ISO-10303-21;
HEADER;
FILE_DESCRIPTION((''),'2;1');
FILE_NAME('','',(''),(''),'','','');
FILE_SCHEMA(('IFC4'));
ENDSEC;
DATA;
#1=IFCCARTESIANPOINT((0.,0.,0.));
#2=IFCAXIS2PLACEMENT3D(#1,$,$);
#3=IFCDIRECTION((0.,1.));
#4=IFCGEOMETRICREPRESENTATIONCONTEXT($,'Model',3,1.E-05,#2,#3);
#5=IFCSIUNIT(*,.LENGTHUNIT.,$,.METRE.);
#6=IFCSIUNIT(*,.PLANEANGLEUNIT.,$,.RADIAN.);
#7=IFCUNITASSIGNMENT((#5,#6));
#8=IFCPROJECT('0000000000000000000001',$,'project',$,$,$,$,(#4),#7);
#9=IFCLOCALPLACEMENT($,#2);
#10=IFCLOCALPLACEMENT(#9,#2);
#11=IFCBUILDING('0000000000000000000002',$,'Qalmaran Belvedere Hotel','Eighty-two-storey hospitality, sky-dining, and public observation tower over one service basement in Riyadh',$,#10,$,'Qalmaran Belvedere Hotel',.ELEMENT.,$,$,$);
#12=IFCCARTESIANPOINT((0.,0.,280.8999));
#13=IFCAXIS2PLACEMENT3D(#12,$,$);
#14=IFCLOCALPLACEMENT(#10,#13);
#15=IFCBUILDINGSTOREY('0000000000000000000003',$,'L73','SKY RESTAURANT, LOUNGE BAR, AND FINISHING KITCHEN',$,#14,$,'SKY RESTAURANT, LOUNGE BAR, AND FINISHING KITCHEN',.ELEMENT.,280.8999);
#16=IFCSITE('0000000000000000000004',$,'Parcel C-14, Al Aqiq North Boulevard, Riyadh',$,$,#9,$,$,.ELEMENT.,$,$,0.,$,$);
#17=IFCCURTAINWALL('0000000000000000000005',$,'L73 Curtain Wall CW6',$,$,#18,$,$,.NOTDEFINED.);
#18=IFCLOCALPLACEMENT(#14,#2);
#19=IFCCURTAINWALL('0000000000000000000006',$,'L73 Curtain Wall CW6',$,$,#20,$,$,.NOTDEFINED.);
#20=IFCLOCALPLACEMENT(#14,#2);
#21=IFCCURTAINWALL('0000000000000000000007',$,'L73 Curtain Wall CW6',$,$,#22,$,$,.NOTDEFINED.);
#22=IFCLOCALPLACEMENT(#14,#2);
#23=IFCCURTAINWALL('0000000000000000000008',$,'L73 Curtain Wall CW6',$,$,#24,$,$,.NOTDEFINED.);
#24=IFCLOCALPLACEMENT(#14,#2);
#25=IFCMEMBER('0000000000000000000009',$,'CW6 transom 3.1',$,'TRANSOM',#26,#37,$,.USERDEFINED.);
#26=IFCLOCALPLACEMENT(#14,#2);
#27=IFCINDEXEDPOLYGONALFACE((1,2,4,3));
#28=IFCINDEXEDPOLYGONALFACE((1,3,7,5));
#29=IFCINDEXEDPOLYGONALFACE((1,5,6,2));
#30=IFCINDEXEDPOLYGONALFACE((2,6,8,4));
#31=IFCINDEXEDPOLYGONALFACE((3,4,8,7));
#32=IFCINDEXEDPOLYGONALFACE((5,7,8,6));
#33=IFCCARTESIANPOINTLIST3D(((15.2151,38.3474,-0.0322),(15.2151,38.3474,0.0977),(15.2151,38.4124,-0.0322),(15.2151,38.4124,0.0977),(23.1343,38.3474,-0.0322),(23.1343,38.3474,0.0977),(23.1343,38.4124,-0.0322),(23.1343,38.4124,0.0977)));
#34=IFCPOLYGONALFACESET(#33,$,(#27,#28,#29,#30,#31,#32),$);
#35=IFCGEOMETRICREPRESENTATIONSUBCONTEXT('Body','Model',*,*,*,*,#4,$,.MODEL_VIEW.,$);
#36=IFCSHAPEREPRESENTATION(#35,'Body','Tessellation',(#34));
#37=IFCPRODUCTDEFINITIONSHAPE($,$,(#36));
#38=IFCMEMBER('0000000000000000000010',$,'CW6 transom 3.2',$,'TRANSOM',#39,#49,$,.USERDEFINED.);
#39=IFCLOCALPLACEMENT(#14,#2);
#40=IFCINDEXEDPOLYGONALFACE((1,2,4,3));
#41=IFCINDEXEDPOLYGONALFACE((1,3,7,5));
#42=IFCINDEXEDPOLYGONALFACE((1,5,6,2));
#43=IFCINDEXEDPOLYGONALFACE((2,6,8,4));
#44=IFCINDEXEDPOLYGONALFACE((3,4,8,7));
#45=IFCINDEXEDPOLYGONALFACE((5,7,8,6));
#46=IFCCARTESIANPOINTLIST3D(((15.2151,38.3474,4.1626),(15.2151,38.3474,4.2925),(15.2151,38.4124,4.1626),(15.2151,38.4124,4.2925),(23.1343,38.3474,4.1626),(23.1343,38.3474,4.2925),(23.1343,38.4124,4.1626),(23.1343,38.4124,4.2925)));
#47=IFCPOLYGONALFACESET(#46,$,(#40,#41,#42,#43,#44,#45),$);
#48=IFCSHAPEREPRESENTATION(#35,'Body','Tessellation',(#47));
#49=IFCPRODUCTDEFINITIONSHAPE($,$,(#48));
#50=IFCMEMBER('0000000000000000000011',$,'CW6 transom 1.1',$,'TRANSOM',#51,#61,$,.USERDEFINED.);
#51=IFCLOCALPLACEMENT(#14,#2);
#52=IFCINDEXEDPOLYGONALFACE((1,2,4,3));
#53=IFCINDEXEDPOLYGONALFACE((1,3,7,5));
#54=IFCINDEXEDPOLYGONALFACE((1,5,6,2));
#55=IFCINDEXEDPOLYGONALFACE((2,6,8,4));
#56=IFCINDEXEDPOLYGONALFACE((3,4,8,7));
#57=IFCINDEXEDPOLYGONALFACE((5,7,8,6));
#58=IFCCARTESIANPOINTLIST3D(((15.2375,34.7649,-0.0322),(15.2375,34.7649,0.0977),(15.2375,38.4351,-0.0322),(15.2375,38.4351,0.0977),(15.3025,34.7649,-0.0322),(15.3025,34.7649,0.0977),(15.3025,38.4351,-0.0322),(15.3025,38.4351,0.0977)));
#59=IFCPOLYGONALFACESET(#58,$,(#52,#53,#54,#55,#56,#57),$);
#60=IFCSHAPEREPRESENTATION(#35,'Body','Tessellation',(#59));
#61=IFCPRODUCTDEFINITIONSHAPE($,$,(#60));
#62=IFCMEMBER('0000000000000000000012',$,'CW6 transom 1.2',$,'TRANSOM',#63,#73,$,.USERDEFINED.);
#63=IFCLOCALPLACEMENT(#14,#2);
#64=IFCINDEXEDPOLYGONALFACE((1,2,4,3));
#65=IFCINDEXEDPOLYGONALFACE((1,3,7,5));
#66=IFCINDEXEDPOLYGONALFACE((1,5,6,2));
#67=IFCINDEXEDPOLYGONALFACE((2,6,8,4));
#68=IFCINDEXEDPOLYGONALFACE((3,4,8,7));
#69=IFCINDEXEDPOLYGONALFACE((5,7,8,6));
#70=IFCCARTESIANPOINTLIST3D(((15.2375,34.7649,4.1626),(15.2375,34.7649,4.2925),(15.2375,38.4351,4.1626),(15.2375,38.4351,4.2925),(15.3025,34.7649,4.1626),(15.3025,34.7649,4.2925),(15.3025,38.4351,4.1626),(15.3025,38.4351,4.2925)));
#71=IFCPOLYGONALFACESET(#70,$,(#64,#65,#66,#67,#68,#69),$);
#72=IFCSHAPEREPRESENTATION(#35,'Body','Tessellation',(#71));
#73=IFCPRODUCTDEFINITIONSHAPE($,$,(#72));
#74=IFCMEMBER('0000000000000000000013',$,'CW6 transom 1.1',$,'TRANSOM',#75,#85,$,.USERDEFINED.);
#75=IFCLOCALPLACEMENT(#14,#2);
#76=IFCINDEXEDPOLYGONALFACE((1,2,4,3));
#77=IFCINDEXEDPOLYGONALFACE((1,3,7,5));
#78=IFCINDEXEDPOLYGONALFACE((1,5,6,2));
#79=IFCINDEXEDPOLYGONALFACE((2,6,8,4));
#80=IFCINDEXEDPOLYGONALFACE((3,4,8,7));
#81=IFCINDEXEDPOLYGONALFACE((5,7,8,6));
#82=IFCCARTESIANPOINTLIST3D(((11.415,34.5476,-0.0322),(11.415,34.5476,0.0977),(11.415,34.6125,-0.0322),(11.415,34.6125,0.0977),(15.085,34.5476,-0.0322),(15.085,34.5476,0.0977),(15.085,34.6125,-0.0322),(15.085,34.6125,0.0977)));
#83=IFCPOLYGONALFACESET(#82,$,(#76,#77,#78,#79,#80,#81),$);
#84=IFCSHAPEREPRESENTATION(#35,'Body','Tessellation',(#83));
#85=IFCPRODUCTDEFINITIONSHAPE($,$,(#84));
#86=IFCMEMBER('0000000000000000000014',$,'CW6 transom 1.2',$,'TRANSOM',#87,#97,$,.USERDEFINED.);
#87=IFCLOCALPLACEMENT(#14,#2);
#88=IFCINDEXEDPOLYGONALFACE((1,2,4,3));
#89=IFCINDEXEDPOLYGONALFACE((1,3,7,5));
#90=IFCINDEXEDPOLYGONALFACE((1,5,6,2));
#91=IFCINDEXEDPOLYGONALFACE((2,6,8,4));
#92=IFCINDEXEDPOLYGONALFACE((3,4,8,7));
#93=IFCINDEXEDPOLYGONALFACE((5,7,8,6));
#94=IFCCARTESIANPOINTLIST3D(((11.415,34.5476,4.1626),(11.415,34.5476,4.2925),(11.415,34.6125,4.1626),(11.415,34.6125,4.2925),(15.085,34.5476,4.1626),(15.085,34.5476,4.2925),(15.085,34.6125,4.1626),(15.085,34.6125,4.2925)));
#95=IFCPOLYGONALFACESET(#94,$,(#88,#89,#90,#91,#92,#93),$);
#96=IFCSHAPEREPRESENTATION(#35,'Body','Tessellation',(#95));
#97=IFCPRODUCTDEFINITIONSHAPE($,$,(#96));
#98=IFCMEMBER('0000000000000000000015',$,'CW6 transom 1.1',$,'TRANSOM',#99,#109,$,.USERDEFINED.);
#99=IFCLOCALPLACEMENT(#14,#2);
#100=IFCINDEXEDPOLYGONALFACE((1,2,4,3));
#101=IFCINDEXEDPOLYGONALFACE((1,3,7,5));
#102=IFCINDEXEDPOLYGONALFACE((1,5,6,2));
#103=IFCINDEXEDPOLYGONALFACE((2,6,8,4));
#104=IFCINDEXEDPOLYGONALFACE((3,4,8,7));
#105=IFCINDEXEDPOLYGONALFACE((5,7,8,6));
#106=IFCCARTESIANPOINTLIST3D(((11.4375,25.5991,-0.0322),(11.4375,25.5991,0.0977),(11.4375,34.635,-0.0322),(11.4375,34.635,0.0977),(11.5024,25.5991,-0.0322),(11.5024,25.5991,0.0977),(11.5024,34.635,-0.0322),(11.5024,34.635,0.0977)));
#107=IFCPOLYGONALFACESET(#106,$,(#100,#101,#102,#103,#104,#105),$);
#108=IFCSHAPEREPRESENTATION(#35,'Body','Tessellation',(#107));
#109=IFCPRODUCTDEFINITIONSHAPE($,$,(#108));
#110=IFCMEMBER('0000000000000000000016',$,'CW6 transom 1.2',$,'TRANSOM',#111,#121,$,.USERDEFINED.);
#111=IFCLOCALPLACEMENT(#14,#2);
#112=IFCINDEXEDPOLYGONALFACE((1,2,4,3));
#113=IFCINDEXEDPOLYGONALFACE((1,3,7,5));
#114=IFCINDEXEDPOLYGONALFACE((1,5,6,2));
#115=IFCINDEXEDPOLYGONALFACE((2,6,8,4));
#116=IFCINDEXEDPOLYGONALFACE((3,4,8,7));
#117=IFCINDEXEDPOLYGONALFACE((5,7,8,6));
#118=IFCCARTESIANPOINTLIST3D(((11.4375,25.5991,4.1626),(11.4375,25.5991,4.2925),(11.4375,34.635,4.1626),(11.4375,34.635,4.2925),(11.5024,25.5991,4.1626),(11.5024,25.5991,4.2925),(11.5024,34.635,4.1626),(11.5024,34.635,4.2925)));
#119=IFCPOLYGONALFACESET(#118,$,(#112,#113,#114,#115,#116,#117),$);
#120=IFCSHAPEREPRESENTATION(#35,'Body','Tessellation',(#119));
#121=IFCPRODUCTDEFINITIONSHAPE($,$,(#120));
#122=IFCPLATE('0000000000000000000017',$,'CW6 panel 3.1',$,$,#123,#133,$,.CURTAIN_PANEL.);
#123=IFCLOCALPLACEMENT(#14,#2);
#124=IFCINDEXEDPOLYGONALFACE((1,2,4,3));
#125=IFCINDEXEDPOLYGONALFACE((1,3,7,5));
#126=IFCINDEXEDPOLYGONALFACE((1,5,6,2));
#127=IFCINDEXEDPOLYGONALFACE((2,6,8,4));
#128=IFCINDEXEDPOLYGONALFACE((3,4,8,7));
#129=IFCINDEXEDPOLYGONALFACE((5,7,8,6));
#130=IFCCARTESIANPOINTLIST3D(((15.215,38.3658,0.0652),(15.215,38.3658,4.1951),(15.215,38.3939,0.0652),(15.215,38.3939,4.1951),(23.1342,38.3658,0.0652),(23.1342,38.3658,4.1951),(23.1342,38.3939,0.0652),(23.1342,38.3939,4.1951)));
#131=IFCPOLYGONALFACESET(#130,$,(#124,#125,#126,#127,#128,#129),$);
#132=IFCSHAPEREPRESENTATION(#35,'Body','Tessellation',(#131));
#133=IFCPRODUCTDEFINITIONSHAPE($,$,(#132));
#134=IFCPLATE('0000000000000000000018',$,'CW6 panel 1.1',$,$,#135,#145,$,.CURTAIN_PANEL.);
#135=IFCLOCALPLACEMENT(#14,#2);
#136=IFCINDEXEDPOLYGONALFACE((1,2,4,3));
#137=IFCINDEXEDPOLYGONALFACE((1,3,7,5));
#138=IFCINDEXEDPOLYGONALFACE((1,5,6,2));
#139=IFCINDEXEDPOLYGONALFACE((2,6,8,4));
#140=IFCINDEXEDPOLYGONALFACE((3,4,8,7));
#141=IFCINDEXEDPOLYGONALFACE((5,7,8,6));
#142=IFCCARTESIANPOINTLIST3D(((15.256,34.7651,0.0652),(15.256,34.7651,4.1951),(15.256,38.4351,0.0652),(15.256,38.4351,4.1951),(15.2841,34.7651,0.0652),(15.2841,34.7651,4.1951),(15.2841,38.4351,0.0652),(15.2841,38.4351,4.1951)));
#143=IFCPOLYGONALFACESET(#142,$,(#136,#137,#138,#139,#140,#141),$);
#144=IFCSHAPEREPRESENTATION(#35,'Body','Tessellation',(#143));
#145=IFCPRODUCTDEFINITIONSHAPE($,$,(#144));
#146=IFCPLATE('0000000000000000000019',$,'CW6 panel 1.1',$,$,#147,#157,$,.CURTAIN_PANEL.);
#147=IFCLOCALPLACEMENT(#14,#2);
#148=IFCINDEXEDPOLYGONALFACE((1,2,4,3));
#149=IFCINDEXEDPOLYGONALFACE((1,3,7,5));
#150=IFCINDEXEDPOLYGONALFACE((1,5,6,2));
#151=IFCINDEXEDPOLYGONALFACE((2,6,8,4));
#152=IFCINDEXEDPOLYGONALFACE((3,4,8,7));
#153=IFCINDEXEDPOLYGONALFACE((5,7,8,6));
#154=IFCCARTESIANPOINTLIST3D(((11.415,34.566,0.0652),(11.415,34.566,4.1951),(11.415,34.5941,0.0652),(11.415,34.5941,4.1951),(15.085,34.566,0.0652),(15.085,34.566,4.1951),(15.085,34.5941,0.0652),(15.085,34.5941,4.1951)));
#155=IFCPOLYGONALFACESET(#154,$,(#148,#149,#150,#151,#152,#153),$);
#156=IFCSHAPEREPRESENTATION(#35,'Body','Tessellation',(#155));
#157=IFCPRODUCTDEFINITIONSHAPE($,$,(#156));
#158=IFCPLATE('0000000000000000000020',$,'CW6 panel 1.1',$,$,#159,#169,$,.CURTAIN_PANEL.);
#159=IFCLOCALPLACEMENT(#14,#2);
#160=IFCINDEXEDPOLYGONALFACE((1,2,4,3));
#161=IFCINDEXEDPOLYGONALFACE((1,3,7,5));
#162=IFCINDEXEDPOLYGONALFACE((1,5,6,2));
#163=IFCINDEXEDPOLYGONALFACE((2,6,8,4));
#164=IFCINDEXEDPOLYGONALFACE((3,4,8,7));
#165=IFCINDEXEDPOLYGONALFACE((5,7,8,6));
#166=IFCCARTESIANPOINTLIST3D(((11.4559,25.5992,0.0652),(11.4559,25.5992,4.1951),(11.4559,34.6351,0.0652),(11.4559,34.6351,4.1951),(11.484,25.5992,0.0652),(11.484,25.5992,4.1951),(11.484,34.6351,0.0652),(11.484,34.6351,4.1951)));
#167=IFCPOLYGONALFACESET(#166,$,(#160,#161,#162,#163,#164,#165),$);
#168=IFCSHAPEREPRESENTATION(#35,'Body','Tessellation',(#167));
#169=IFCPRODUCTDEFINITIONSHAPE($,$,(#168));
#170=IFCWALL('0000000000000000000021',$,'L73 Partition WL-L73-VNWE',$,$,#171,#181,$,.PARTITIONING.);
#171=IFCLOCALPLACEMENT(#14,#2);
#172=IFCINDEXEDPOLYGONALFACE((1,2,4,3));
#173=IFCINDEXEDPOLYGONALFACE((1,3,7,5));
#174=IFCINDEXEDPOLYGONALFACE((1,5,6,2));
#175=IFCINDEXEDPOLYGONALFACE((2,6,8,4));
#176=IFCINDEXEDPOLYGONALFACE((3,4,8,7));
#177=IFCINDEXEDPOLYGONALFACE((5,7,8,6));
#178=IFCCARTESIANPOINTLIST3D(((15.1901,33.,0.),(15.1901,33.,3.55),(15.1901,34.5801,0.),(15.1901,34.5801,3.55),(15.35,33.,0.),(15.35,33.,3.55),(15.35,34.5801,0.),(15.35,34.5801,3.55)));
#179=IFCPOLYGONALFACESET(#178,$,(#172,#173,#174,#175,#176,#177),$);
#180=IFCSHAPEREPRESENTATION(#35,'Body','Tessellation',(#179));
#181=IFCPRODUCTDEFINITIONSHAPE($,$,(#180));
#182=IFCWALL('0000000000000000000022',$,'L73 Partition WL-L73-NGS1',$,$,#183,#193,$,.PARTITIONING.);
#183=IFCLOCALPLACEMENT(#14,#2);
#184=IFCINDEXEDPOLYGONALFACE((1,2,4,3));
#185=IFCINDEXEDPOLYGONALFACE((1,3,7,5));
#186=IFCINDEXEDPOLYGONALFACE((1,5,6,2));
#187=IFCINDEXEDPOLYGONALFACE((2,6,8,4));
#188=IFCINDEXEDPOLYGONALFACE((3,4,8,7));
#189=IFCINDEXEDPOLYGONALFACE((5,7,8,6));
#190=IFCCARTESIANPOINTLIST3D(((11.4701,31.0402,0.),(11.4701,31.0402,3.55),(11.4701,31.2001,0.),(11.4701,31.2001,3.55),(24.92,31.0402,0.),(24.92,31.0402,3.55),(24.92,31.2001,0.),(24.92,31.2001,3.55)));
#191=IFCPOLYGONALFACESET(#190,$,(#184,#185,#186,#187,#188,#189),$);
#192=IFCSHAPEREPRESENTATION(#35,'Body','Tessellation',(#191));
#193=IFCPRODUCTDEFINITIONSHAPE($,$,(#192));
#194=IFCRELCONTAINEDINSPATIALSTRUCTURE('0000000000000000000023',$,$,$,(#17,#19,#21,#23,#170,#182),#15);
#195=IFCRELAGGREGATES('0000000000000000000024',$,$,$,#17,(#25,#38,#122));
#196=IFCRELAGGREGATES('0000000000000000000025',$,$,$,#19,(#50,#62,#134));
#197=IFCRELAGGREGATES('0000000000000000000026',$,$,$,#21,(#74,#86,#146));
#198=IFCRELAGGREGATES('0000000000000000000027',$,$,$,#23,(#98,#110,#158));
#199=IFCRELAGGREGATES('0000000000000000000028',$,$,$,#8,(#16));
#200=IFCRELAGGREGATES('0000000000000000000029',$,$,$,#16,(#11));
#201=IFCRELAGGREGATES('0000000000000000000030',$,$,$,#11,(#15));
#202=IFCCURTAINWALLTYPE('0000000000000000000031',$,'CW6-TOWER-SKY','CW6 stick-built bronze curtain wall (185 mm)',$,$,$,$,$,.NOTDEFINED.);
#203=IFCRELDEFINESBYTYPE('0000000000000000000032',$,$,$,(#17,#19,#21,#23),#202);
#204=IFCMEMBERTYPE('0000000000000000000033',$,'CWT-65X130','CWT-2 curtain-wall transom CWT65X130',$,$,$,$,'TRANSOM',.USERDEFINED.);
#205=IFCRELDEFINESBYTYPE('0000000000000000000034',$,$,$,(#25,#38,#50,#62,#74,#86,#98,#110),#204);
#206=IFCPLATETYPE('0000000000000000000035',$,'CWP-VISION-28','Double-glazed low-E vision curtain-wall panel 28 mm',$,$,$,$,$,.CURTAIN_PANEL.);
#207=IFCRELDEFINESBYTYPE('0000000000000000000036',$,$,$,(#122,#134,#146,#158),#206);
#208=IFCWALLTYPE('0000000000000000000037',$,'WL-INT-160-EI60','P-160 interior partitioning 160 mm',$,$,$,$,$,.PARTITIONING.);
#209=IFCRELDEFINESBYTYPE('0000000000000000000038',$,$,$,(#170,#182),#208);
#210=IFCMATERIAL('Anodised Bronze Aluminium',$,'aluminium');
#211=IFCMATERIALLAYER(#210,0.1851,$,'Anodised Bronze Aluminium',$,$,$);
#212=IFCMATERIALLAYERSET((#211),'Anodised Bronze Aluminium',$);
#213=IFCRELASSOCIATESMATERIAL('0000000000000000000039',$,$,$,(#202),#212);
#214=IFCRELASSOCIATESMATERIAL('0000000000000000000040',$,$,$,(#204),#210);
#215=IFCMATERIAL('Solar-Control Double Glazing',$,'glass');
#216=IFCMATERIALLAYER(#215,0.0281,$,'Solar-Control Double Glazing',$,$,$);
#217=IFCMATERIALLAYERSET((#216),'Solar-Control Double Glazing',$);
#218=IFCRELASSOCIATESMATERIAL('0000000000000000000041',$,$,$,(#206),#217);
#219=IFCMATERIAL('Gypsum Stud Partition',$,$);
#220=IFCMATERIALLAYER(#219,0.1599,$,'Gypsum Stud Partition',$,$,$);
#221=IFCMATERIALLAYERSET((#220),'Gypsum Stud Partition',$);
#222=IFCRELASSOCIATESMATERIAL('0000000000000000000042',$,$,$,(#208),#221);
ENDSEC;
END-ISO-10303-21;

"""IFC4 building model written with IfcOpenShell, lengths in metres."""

from ifc_helpers import new_model, si_unit, direction, frame, frame_2d, origin, origin_2d, place, context, subcontext, project, spatial, rectangle, extrude, material, layer, layer_set, material_profile, profile_set, type_object, element, aggregate, save


model = new_model("IFC4")

# Units and contexts
model_context = context("Model", 3, precision=1e-05, world=origin(), true_north=direction((0.0, 1.0)))
body_context = subcontext(model_context, "Body", "Model", "MODEL_VIEW")
ifc_project = project(units=[si_unit("LENGTHUNIT", "METRE"), si_unit("PLANEANGLEUNIT", "RADIAN")], contexts=[model_context])

# Site, building, storey
site_placement = place(None, origin())
site = spatial("IfcSite", under=ifc_project, at=site_placement, Name="Parcel C-14, Al Aqiq North Boulevard, Riyadh", CompositionType="ELEMENT", RefElevation=0.0)
building_placement = place(site_placement, origin())
building = spatial("IfcBuilding", under=site, at=building_placement, Name="Qalmaran Belvedere Hotel", Description="Eighty-two-storey hospitality, sky-dining, and public observation tower over one service basement in Riyadh", LongName="Qalmaran Belvedere Hotel", CompositionType="ELEMENT")
storey_placement = place(building_placement, frame((0.0, 0.0, 280.8999)))
storey = spatial("IfcBuildingStorey", under=building, at=storey_placement, Name="L73", Description="SKY RESTAURANT, LOUNGE BAR, AND FINISHING KITCHEN", LongName="SKY RESTAURANT, LOUNGE BAR, AND FINISHING KITCHEN", CompositionType="ELEMENT", Elevation=280.8999)

# Curtain walls
ifc_material_1 = material(Name="Anodised Bronze Aluminium", Category="aluminium")
ifc_layer_1 = layer(ifc_material_1, 0.1851, Name="Anodised Bronze Aluminium")
ifc_layer_set_1 = layer_set([ifc_layer_1], Name="Anodised Bronze Aluminium")
curtain_wall_type = type_object("IfcCurtainWallType", Name="CW6-TOWER-SKY", Description="CW6 stick-built bronze curtain wall (185 mm)", PredefinedType="NOTDEFINED", material=ifc_layer_set_1)
curtain_wall_1_placement = place(storey_placement, origin())
curtain_wall_1 = element("IfcCurtainWall", 1, at=curtain_wall_1_placement, inside=storey, type_object=curtain_wall_type, Name="L73 Curtain Wall CW6", PredefinedType="NOTDEFINED")
curtain_wall_2_placement = place(storey_placement, origin())
curtain_wall_2 = element("IfcCurtainWall", 2, at=curtain_wall_2_placement, inside=storey, type_object=curtain_wall_type, Name="L73 Curtain Wall CW6", PredefinedType="NOTDEFINED")
curtain_wall_3_placement = place(storey_placement, origin())
curtain_wall_3 = element("IfcCurtainWall", 3, at=curtain_wall_3_placement, inside=storey, type_object=curtain_wall_type, Name="L73 Curtain Wall CW6", PredefinedType="NOTDEFINED")

# Curtain wall
curtain_wall_4_placement = place(storey_placement, origin())
curtain_wall_4 = element("IfcCurtainWall", 4, at=curtain_wall_4_placement, inside=storey, type_object=curtain_wall_type, Name="L73 Curtain Wall CW6", PredefinedType="NOTDEFINED")

# Members
ifc_material_profile_1 = material_profile(ifc_material_1, rectangle(XDim=0.0649, YDim=0.1299, at=origin_2d()), Name="CWT65X130")
ifc_profile_set_1 = profile_set([ifc_material_profile_1], Name="Anodised Bronze Aluminium")
member_type_1 = type_object("IfcMemberType", Name="CWT-65X130", Description="CWT-2 curtain-wall transom CWT65X130", ElementType="TRANSOM", PredefinedType="USERDEFINED", material=ifc_profile_set_1)
member_1_placement = place(storey_placement, frame((23.1343, 38.3799, 0.0327), z_axis=(-1.0, 0.0, 0.0), x_axis=(0.0, -1.0, 0.0)))
member_1 = element("IfcMember", 5, at=member_1_placement, type_object=member_type_1, Name="CW6 transom 3.1", ObjectType="TRANSOM", PredefinedType="USERDEFINED", context=body_context, shape_type="SweptSolid", body=[
    extrude(rectangle(XDim=0.0649, YDim=0.1299, at=origin_2d()), origin(), (0.0, 0.0, 1.0), 7.9192),
])
member_2_placement = place(storey_placement, frame((23.1343, 38.3799, 4.2275), z_axis=(-1.0, 0.0, 0.0), x_axis=(0.0, -1.0, 0.0)))
member_2 = element("IfcMember", 6, at=member_2_placement, type_object=member_type_1, Name="CW6 transom 3.2", ObjectType="TRANSOM", PredefinedType="USERDEFINED", context=body_context, shape_type="SweptSolid", body=[
    extrude(rectangle(XDim=0.0649, YDim=0.1299, at=origin_2d()), origin(), (0.0, 0.0, 1.0), 7.9192),
])
member_3_placement = place(storey_placement, frame((15.27, 38.4351, 0.0327), z_axis=(0.0, -1.0, 0.0), x_axis=(1.0, 0.0, 0.0)))
member_3 = element("IfcMember", 7, at=member_3_placement, type_object=member_type_1, Name="CW6 transom 1.1", ObjectType="TRANSOM", PredefinedType="USERDEFINED", context=body_context, shape_type="SweptSolid", body=[
    extrude(rectangle(XDim=0.0649, YDim=0.1299, at=origin_2d()), origin(), (0.0, 0.0, 1.0), 3.6702),
])
member_4_placement = place(storey_placement, frame((15.27, 38.4351, 4.2275), z_axis=(0.0, -1.0, 0.0), x_axis=(1.0, 0.0, 0.0)))
member_4 = element("IfcMember", 8, at=member_4_placement, type_object=member_type_1, Name="CW6 transom 1.2", ObjectType="TRANSOM", PredefinedType="USERDEFINED", context=body_context, shape_type="SweptSolid", body=[
    extrude(rectangle(XDim=0.0649, YDim=0.1299, at=origin_2d()), origin(), (0.0, 0.0, 1.0), 3.6702),
])
member_5_placement = place(storey_placement, frame((15.085, 34.5801, 0.0327), z_axis=(-1.0, 0.0, 0.0), x_axis=(0.0, -1.0, 0.0)))
member_5 = element("IfcMember", 9, at=member_5_placement, type_object=member_type_1, Name="CW6 transom 1.1", ObjectType="TRANSOM", PredefinedType="USERDEFINED", context=body_context, shape_type="SweptSolid", body=[
    extrude(rectangle(XDim=0.0649, YDim=0.1299, at=origin_2d()), origin(), (0.0, 0.0, 1.0), 3.6699),
])
member_6_placement = place(storey_placement, frame((15.085, 34.5801, 4.2275), z_axis=(-1.0, 0.0, 0.0), x_axis=(0.0, -1.0, 0.0)))
member_6 = element("IfcMember", 10, at=member_6_placement, type_object=member_type_1, Name="CW6 transom 1.2", ObjectType="TRANSOM", PredefinedType="USERDEFINED", context=body_context, shape_type="SweptSolid", body=[
    extrude(rectangle(XDim=0.0649, YDim=0.1299, at=origin_2d()), origin(), (0.0, 0.0, 1.0), 3.6699),
])
member_7_placement = place(storey_placement, frame((11.47, 34.635, 0.0327), z_axis=(0.0, -1.0, 0.0), x_axis=(1.0, 0.0, 0.0)))
member_7 = element("IfcMember", 11, at=member_7_placement, type_object=member_type_1, Name="CW6 transom 1.1", ObjectType="TRANSOM", PredefinedType="USERDEFINED", context=body_context, shape_type="SweptSolid", body=[
    extrude(rectangle(XDim=0.0649, YDim=0.1299, at=origin_2d()), origin(), (0.0, 0.0, 1.0), 9.0359),
])
member_8_placement = place(storey_placement, frame((11.47, 34.635, 4.2275), z_axis=(0.0, -1.0, 0.0), x_axis=(1.0, 0.0, 0.0)))
member_8 = element("IfcMember", 12, at=member_8_placement, type_object=member_type_1, Name="CW6 transom 1.2", ObjectType="TRANSOM", PredefinedType="USERDEFINED", context=body_context, shape_type="SweptSolid", body=[
    extrude(rectangle(XDim=0.0649, YDim=0.1299, at=origin_2d()), origin(), (0.0, 0.0, 1.0), 9.0359),
])

# Plates
ifc_material_2 = material(Name="Solar-Control Double Glazing", Category="glass")
ifc_layer_2 = layer(ifc_material_2, 0.0281, Name="Solar-Control Double Glazing")
ifc_layer_set_2 = layer_set([ifc_layer_2], Name="Solar-Control Double Glazing")
plate_type = type_object("IfcPlateType", Name="CWP-VISION-28", Description="Double-glazed low-E vision curtain-wall panel 28 mm", PredefinedType="CURTAIN_PANEL", material=ifc_layer_set_2)
plate_1_placement = place(storey_placement, frame((19.1746, 38.3799, 0.0652), z_axis=(0.0, 0.0, 1.0), x_axis=(-1.0, 0.0, 0.0)))
plate_1 = element("IfcPlate", 13, at=plate_1_placement, type_object=plate_type, Name="CW6 panel 3.1", PredefinedType="CURTAIN_PANEL", context=body_context, shape_type="SweptSolid", body=[
    extrude(rectangle(XDim=7.9192, YDim=0.0281, at=origin_2d()), origin(), (0.0, 0.0, 1.0), 4.1299),
])
aggregate(curtain_wall_1, [member_1, member_2, plate_1])
plate_2_placement = place(storey_placement, frame((15.27, 36.6001, 0.0652), z_axis=(0.0, 0.0, 1.0), x_axis=(0.0, -1.0, 0.0)))
plate_2 = element("IfcPlate", 14, at=plate_2_placement, type_object=plate_type, Name="CW6 panel 1.1", PredefinedType="CURTAIN_PANEL", context=body_context, shape_type="SweptSolid", body=[
    extrude(rectangle(XDim=3.6699, YDim=0.0281, at=origin_2d()), origin(), (0.0, 0.0, 1.0), 4.1299),
])
aggregate(curtain_wall_2, [member_3, member_4, plate_2])
plate_3_placement = place(storey_placement, frame((13.25, 34.5801, 0.0652), z_axis=(0.0, 0.0, 1.0), x_axis=(-1.0, 0.0, 0.0)))
plate_3 = element("IfcPlate", 15, at=plate_3_placement, type_object=plate_type, Name="CW6 panel 1.1", PredefinedType="CURTAIN_PANEL", context=body_context, shape_type="SweptSolid", body=[
    extrude(rectangle(XDim=3.6699, YDim=0.0281, at=origin_2d()), origin(), (0.0, 0.0, 1.0), 4.1299),
])
aggregate(curtain_wall_3, [member_5, member_6, plate_3])
plate_4_placement = place(storey_placement, frame((11.47, 30.1172, 0.0652), z_axis=(0.0, 0.0, 1.0), x_axis=(0.0, -1.0, 0.0)))
plate_4 = element("IfcPlate", 16, at=plate_4_placement, type_object=plate_type, Name="CW6 panel 1.1", PredefinedType="CURTAIN_PANEL", context=body_context, shape_type="SweptSolid", body=[
    extrude(rectangle(XDim=9.0359, YDim=0.0281, at=origin_2d()), origin(), (0.0, 0.0, 1.0), 4.1299),
])
aggregate(curtain_wall_4, [member_7, member_8, plate_4])

# Walls
ifc_material_3 = material(Name="Gypsum Stud Partition")
ifc_layer_3 = layer(ifc_material_3, 0.1599, Name="Gypsum Stud Partition")
ifc_layer_set_3 = layer_set([ifc_layer_3], Name="Gypsum Stud Partition")
wall_type_1 = type_object("IfcWallType", Name="WL-INT-160-EI60", Description="P-160 interior partitioning 160 mm", PredefinedType="PARTITIONING", material=ifc_layer_set_3)
wall_1_placement = place(storey_placement, frame((15.27, 33.0, 0.0), z_axis=(0.0, 0.0, 1.0), x_axis=(0.0, 1.0, 0.0)))
element("IfcWall", 17, at=wall_1_placement, inside=storey, type_object=wall_type_1, Name="L73 Partition WL-L73-VNWE", PredefinedType="PARTITIONING", context=body_context, shape_type="SweptSolid", body=[
    extrude(rectangle(XDim=1.5801, YDim=0.1599, at=frame_2d((0.79, 0.0))), origin(), (0.0, 0.0, 1.0), 3.55),
])
wall_2_placement = place(storey_placement, frame((11.47, 31.1201, 0.0), z_axis=(0.0, 0.0, 1.0), x_axis=(1.0, 0.0, 0.0)))
element("IfcWall", 18, at=wall_2_placement, inside=storey, type_object=wall_type_1, Name="L73 Partition WL-L73-NGS1", PredefinedType="PARTITIONING", context=body_context, shape_type="SweptSolid", body=[
    extrude(rectangle(XDim=13.45, YDim=0.1599, at=frame_2d((6.7251, 0.0))), origin(), (0.0, 0.0, 1.0), 3.55),
])

save(model, "model.ifc")
